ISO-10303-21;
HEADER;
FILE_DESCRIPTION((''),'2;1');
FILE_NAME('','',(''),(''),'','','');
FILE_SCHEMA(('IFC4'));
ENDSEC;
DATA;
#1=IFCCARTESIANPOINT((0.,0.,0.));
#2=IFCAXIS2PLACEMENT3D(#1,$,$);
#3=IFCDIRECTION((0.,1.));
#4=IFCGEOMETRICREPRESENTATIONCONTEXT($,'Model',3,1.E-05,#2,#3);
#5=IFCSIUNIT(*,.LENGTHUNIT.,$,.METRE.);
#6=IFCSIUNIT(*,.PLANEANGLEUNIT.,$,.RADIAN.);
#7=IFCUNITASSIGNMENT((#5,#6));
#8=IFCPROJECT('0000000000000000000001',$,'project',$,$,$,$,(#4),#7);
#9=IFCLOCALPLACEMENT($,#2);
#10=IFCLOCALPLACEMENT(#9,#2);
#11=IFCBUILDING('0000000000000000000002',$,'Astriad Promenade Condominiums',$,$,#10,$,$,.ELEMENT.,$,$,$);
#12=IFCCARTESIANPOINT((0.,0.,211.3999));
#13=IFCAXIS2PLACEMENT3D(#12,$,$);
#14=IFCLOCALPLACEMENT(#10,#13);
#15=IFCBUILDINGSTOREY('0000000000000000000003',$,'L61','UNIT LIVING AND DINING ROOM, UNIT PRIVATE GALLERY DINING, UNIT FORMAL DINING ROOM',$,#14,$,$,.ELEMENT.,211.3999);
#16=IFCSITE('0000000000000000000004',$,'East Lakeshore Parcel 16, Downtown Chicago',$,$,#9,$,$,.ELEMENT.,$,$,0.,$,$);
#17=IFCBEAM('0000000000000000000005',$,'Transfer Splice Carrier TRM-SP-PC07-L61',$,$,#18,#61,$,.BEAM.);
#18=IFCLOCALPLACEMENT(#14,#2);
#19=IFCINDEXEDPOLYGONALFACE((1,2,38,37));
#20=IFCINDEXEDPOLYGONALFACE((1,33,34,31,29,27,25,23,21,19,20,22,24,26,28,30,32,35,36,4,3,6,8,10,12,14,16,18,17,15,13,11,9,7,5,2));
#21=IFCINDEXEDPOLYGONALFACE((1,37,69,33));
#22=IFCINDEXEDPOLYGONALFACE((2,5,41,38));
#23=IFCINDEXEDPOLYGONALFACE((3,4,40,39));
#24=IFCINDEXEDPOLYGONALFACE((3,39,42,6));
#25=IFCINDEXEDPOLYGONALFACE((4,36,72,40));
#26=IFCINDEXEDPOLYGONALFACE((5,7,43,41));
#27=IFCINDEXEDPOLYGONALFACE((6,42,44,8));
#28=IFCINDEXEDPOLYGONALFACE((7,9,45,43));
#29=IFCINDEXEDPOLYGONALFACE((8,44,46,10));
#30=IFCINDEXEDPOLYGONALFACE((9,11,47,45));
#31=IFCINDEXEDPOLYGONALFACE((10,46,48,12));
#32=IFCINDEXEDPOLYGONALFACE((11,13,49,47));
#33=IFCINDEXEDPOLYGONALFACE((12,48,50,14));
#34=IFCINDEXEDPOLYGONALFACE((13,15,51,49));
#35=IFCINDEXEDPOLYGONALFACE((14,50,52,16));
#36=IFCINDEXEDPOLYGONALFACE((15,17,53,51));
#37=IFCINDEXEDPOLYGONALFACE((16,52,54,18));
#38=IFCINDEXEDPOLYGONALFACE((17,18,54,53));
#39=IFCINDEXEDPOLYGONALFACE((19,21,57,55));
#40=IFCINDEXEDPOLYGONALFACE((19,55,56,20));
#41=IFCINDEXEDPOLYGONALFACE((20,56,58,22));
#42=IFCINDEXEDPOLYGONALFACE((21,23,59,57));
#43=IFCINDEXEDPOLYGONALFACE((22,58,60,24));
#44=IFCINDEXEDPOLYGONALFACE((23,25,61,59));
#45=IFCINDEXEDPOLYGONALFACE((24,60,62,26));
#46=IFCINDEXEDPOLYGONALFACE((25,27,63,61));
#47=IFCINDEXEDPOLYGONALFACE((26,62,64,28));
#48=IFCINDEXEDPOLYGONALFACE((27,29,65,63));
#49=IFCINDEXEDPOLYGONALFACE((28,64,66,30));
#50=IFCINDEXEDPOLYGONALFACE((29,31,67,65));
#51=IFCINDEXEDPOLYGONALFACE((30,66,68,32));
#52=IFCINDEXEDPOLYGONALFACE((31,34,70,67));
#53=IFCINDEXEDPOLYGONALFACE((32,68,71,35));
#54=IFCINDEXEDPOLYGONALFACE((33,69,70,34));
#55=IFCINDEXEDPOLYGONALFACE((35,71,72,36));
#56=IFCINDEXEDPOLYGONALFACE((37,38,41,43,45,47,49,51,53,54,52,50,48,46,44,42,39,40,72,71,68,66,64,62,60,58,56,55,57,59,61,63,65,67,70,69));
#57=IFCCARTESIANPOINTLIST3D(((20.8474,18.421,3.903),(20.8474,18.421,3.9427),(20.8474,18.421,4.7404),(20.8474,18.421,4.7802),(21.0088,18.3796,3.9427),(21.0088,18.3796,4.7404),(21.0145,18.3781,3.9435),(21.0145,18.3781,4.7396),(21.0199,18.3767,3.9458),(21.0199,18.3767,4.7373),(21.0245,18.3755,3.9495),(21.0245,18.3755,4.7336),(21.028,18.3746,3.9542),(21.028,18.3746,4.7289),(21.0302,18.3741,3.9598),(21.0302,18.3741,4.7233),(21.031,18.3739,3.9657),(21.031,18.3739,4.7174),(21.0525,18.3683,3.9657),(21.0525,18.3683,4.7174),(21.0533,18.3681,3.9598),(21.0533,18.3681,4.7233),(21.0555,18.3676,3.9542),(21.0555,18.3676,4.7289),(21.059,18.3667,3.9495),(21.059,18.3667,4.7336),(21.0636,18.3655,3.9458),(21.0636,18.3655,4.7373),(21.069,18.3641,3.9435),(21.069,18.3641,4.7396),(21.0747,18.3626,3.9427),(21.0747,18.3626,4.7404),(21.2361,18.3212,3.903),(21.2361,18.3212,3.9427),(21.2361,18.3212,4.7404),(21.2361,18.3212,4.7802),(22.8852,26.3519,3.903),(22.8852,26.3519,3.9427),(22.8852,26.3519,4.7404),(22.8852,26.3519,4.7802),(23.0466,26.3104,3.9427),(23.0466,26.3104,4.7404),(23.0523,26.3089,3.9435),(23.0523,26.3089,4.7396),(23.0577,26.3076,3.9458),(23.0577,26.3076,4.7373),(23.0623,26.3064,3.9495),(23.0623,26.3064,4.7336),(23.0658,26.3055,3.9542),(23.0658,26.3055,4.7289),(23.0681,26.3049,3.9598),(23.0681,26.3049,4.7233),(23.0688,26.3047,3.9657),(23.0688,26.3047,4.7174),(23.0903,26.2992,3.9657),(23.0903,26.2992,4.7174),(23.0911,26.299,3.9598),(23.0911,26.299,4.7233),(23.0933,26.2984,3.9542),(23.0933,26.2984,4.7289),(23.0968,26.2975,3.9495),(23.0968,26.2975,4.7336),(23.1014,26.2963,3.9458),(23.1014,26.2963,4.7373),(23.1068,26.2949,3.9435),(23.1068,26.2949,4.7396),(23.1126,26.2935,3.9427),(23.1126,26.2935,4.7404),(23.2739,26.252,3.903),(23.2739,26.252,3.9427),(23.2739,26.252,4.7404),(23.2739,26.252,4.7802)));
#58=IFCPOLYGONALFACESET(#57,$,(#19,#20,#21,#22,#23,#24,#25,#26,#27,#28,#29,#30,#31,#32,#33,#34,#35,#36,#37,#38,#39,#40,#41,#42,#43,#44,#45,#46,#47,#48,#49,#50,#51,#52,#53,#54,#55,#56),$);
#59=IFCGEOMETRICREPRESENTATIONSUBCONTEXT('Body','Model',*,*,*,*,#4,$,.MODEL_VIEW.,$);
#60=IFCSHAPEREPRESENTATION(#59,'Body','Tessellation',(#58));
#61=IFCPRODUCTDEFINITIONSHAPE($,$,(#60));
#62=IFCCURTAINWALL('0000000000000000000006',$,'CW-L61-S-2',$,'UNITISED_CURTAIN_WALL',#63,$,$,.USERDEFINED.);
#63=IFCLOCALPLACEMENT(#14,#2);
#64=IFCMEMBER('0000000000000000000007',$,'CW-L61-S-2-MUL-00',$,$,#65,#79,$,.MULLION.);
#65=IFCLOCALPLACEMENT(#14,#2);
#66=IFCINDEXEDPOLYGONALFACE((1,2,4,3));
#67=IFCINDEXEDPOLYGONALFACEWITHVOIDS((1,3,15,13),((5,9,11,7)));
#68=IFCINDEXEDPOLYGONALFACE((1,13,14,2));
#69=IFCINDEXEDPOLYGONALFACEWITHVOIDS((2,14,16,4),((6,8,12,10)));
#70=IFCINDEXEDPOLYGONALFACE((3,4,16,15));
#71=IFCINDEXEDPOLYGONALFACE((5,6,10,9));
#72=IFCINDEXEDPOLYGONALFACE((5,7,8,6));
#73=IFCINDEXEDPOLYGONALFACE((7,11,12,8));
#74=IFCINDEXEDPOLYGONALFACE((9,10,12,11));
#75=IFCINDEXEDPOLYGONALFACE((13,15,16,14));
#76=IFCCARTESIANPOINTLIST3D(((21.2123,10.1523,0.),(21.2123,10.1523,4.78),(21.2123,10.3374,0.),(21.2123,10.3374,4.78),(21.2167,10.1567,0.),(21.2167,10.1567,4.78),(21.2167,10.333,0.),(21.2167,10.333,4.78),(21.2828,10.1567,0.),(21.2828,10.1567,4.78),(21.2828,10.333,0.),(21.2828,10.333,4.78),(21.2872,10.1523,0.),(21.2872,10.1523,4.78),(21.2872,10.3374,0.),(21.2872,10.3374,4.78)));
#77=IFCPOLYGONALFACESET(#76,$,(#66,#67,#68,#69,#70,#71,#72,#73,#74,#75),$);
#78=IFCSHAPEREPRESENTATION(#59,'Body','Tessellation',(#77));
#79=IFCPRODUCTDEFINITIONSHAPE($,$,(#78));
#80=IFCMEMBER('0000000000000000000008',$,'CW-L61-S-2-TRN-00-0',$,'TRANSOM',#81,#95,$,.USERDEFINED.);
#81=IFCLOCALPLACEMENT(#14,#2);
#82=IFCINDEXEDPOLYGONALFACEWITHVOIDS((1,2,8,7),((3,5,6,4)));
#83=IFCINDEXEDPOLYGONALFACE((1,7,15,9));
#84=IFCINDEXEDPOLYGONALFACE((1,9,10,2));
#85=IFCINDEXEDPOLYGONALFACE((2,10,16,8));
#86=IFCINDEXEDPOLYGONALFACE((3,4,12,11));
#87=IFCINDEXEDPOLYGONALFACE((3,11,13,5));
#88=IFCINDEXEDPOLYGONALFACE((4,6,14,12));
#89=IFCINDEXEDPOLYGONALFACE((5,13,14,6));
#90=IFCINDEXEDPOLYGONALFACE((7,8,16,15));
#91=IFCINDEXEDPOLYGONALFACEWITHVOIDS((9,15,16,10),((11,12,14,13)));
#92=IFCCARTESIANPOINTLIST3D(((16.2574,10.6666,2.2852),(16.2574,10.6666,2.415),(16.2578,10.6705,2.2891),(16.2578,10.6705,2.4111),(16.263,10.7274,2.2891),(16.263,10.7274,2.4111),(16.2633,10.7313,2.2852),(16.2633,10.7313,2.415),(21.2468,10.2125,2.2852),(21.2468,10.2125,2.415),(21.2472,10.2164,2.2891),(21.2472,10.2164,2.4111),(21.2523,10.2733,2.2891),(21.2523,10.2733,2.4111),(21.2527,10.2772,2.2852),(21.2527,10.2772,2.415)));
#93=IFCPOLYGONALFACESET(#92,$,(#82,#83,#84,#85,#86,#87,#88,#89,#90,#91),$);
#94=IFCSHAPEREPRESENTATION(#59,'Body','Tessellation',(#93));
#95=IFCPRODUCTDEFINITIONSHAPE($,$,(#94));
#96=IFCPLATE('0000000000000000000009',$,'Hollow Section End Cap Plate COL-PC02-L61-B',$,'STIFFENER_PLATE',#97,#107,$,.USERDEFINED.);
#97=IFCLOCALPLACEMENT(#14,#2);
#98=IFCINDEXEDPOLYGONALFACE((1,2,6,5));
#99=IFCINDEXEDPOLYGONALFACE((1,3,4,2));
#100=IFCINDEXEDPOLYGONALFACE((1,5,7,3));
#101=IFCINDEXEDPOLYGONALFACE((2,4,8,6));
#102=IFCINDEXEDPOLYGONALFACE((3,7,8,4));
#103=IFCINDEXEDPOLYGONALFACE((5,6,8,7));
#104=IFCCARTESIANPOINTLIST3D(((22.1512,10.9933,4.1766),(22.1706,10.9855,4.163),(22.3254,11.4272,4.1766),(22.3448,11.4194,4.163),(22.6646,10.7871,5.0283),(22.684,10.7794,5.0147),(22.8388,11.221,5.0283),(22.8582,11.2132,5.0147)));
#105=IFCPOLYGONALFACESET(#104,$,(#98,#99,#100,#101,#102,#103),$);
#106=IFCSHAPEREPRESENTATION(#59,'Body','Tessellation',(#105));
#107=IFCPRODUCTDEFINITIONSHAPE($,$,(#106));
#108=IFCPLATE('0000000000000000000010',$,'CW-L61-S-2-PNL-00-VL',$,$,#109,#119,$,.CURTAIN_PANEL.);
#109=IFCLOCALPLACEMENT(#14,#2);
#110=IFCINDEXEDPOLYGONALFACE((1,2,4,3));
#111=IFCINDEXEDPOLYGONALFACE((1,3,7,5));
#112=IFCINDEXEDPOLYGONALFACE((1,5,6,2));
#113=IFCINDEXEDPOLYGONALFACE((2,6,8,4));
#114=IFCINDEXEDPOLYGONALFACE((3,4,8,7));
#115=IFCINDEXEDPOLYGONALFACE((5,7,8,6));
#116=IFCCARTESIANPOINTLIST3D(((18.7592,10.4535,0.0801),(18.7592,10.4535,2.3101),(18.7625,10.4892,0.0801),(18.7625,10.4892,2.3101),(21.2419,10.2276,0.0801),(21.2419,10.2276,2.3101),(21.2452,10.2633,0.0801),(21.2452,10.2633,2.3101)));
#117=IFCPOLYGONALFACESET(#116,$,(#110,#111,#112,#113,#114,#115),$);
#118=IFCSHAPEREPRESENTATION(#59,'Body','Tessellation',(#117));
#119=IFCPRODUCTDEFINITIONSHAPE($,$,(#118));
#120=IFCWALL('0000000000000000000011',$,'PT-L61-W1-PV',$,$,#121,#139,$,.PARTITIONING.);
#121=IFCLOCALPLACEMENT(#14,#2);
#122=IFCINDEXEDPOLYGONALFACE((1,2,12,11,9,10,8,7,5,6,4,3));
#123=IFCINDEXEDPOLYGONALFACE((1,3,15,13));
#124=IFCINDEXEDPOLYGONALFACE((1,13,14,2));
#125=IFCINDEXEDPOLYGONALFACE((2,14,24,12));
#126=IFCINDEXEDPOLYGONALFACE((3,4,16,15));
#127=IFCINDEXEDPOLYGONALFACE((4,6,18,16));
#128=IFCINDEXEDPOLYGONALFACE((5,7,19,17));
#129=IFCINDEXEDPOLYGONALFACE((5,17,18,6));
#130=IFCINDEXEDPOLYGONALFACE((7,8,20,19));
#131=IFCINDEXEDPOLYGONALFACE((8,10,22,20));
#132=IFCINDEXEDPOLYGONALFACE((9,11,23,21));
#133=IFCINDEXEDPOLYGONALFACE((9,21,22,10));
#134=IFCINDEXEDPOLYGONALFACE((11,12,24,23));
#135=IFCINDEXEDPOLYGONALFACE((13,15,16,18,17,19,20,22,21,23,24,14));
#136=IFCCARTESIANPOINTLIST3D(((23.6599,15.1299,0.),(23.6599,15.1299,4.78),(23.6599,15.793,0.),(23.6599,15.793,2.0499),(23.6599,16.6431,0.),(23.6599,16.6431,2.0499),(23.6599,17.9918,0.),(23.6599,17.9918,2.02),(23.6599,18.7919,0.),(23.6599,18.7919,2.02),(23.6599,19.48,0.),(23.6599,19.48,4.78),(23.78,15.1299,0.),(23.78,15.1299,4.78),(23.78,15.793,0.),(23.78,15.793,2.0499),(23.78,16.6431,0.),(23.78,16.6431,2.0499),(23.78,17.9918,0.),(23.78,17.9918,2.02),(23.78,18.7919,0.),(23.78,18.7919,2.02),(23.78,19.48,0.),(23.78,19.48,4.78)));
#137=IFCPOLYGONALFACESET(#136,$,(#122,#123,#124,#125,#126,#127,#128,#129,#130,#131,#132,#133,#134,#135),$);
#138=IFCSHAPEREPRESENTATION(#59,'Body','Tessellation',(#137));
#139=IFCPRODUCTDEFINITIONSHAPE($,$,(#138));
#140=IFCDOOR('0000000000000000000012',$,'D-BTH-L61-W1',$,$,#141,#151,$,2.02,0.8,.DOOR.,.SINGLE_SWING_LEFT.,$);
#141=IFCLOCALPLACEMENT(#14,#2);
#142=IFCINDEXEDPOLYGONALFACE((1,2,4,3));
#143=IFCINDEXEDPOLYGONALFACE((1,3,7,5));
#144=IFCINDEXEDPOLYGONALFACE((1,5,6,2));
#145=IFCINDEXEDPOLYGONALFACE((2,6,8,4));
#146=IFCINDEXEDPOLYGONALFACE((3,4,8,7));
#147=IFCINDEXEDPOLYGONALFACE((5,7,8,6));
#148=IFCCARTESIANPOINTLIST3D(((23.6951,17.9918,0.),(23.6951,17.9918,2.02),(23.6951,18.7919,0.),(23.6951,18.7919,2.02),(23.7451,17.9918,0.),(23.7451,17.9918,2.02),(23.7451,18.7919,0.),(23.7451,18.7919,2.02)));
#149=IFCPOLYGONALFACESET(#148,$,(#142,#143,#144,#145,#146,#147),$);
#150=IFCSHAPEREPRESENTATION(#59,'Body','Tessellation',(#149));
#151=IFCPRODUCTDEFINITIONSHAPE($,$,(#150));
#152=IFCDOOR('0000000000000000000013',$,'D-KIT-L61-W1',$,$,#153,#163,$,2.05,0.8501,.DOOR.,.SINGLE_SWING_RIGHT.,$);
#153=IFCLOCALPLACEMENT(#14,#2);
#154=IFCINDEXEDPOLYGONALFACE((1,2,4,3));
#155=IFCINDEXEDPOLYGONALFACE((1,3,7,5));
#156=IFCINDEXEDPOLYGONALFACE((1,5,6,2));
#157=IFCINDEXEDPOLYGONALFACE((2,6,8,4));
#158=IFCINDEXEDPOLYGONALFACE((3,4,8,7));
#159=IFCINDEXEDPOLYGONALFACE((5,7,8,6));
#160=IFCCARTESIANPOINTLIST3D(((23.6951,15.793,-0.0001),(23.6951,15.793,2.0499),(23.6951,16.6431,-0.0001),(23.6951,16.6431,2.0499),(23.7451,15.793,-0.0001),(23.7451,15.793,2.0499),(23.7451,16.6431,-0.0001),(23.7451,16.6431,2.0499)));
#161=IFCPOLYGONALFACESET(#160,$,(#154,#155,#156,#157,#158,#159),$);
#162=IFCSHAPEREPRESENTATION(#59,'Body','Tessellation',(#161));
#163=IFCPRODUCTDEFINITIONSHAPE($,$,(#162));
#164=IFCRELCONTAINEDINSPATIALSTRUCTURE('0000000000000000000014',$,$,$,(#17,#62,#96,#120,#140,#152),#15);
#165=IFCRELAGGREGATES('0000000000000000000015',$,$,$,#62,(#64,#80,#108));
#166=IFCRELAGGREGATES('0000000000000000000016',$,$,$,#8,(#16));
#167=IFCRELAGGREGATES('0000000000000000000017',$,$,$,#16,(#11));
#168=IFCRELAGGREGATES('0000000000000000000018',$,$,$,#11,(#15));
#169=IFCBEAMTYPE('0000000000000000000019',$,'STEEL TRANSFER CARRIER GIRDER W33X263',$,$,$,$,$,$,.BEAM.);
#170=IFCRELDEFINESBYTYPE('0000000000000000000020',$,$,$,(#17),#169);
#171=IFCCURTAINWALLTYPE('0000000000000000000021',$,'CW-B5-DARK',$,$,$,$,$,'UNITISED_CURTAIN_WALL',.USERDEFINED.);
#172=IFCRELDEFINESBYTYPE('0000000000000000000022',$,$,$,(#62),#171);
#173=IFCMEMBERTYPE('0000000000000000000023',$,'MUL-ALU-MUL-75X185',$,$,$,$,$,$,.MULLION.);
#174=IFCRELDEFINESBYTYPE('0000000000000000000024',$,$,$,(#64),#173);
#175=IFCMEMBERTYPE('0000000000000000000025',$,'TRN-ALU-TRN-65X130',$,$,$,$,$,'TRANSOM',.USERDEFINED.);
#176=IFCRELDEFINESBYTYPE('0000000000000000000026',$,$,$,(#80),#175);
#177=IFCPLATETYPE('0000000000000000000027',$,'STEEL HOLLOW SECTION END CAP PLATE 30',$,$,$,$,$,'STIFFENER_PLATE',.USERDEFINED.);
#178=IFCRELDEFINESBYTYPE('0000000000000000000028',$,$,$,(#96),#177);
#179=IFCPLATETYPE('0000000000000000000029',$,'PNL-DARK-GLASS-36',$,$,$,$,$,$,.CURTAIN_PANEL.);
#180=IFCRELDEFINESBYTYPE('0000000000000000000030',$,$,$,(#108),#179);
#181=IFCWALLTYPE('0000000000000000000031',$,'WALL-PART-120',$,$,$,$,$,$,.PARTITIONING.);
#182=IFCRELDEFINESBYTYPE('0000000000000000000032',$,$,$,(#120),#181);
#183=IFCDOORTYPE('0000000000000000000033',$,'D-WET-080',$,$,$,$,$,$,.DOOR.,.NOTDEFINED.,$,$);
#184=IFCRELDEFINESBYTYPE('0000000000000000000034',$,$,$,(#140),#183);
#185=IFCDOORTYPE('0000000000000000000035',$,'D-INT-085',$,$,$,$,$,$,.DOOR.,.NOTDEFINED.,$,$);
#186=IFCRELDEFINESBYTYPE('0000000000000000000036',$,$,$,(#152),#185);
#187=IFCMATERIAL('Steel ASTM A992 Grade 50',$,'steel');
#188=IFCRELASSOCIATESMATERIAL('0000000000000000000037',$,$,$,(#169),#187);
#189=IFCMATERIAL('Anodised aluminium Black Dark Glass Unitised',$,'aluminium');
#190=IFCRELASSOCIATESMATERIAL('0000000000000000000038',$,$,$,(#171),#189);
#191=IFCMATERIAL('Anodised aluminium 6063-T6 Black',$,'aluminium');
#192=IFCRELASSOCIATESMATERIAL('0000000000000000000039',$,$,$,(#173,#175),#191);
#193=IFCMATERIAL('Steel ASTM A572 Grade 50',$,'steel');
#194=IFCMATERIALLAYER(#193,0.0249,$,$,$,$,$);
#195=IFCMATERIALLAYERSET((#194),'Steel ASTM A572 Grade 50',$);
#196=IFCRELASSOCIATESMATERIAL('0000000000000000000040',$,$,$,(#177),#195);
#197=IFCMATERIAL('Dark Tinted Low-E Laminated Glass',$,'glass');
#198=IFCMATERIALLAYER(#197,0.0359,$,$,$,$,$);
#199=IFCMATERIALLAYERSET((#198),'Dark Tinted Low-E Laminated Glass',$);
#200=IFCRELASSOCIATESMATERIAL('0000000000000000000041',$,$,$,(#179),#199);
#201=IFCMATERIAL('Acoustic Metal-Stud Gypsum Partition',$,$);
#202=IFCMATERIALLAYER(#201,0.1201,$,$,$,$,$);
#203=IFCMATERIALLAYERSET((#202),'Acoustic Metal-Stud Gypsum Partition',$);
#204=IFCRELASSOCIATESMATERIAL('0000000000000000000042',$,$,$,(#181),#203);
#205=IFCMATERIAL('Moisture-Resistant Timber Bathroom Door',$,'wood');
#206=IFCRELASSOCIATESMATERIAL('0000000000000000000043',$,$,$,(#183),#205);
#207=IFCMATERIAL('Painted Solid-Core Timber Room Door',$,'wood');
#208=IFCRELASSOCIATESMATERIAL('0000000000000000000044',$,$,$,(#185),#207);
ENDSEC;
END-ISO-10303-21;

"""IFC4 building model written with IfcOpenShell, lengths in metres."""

from ifc_helpers import new_model, si_unit, direction, frame, frame_2d, origin, origin_2d, place, context, subcontext, project, spatial, rectangle, hollow_rectangle, i_section, extrude, source, transform, mapped, material, layer, layer_set, material_profile, profile_set, type_object, type_shapes, element, fill, aggregate, save


model = new_model("IFC4")

# Units and contexts
model_context = context("Model", 3, precision=1e-05, world=origin(), true_north=direction((0.0, 1.0)))
body_context = subcontext(model_context, "Body", "Model", "MODEL_VIEW")
ifc_project = project(units=[si_unit("LENGTHUNIT", "METRE"), si_unit("PLANEANGLEUNIT", "RADIAN")], contexts=[model_context])

# Site, building, storey
site_placement = place(None, origin())
site = spatial("IfcSite", under=ifc_project, at=site_placement, Name="East Lakeshore Parcel 16, Downtown Chicago", CompositionType="ELEMENT", RefElevation=0.0)
building_placement = place(site_placement, origin())
building = spatial("IfcBuilding", under=site, at=building_placement, Name="Astriad Promenade Condominiums", CompositionType="ELEMENT")
storey_placement = place(building_placement, frame((0.0, 0.0, 211.3999)))
storey = spatial("IfcBuildingStorey", under=building, at=storey_placement, Name="L61", Description="UNIT LIVING AND DINING ROOM, UNIT PRIVATE GALLERY DINING, UNIT FORMAL DINING ROOM", CompositionType="ELEMENT", Elevation=211.3999)

# Beam
ifc_material_1 = material(Name="Steel ASTM A992 Grade 50", Category="steel")
ifc_material_profile_1 = material_profile(ifc_material_1, i_section(OverallWidth=0.4014, OverallDepth=0.8772, WebThickness=0.0222, FlangeThickness=0.0398, FilletRadius=0.0229, at=origin_2d()), Name="W33X263")
ifc_profile_set_1 = profile_set([ifc_material_profile_1], Name="Steel ASTM A992 Grade 50")
beam_type_1 = type_object("IfcBeamType", Name="STEEL TRANSFER CARRIER GIRDER W33X263", PredefinedType="BEAM", material=ifc_profile_set_1)
shared_shape_1 = source(origin(), body_context, "Body", "SweptSolid", [
    extrude(i_section(OverallWidth=0.4014, OverallDepth=0.8772, WebThickness=0.0222, FlangeThickness=0.0398, FilletRadius=0.0229, at=origin_2d()), origin(), (0.0, 0.0, 1.0), 8.1885),
])
beam_1_placement = place(storey_placement, frame((21.0417, 18.3711, 4.3416), z_axis=(0.248865, 0.968538, 0.0), x_axis=(-0.968538, 0.248865, 0.0)))
element("IfcBeam", 1, at=beam_1_placement, inside=storey, type_object=beam_type_1, Name="Transfer Splice Carrier TRM-SP-PC07-L61", PredefinedType="BEAM", context=body_context, shape_type="MappedRepresentation", body=[
    mapped(shared_shape_1, transform((0.0, 0.0, 0.0), scale=1.0)),
])

# Curtain wall, members
ifc_material_2 = material(Name="Anodised aluminium Black Dark Glass Unitised", Category="aluminium")
curtain_wall_type = type_object("IfcCurtainWallType", Name="CW-B5-DARK", ElementType="UNITISED_CURTAIN_WALL", PredefinedType="USERDEFINED", material=ifc_material_2)
curtain_wall_placement = place(storey_placement, origin())
curtain_wall = element("IfcCurtainWall", 2, at=curtain_wall_placement, inside=storey, type_object=curtain_wall_type, Name="CW-L61-S-2", ObjectType="UNITISED_CURTAIN_WALL", PredefinedType="USERDEFINED")
ifc_material_3 = material(Name="Anodised aluminium 6063-T6 Black", Category="aluminium")
ifc_material_profile_2 = material_profile(ifc_material_3, hollow_rectangle(XDim=0.075, YDim=0.1851, WallThickness=0.0044, at=origin_2d()), Name="ALU-MUL-75X185")
ifc_profile_set_2 = profile_set([ifc_material_profile_2], Name="Anodised aluminium 6063-T6 Black")
member_type_1 = type_object("IfcMemberType", Name="MUL-ALU-MUL-75X185", PredefinedType="MULLION", material=ifc_profile_set_2)
shared_shape_2 = source(origin(), body_context, "Body", "SweptSolid", [
    extrude(hollow_rectangle(XDim=0.075, YDim=0.1851, WallThickness=0.0044, at=origin_2d()), origin(), (0.0, 0.0, 1.0), 4.78),
])
type_shapes(member_type_1, [shared_shape_2])
member_1_placement = place(storey_placement, frame((21.2498, 10.2449, 0.0), z_axis=(0.0, 0.0, 1.0), x_axis=(1.0, 0.0, 0.0)))
member_1 = element("IfcMember", 3, at=member_1_placement, type_object=member_type_1, Name="CW-L61-S-2-MUL-00", PredefinedType="MULLION", context=body_context, shape_type="MappedRepresentation", body=[
    mapped(shared_shape_2, transform((0.0, 0.0, 0.0), scale=1.0)),
])
ifc_material_profile_3 = material_profile(ifc_material_3, hollow_rectangle(XDim=0.0649, YDim=0.1299, WallThickness=0.0039, at=origin_2d()), Name="ALU-TRN-65X130")
ifc_profile_set_3 = profile_set([ifc_material_profile_3], Name="Anodised aluminium 6063-T6 Black")
member_type_2 = type_object("IfcMemberType", Name="TRN-ALU-TRN-65X130", ElementType="TRANSOM", PredefinedType="USERDEFINED", material=ifc_profile_set_3)
shared_shape_3 = source(origin(), body_context, "Body", "SweptSolid", [
    extrude(hollow_rectangle(XDim=0.0649, YDim=0.1299, WallThickness=0.0039, at=origin_2d()), origin(), (0.0, 0.0, 1.0), 5.01),
])
type_shapes(member_type_2, [shared_shape_3])
member_2_placement = place(storey_placement, frame((21.2498, 10.2449, 2.3501), z_axis=(-0.995884, 0.090637, 0.0), x_axis=(-0.090637, -0.995884, 0.0)))
member_2 = element("IfcMember", 4, at=member_2_placement, type_object=member_type_2, Name="CW-L61-S-2-TRN-00-0", ObjectType="TRANSOM", PredefinedType="USERDEFINED", context=body_context, shape_type="MappedRepresentation", body=[
    mapped(shared_shape_3, transform((0.0, 0.0, 0.0), scale=1.0)),
])

# Plates
ifc_material_4 = material(Name="Steel ASTM A572 Grade 50", Category="steel")
ifc_layer_1 = layer(ifc_material_4, 0.0249)
ifc_layer_set_1 = layer_set([ifc_layer_1], Name="Steel ASTM A572 Grade 50")
plate_type_1 = type_object("IfcPlateType", Name="STEEL HOLLOW SECTION END CAP PLATE 30", ElementType="STIFFENER_PLATE", PredefinedType="USERDEFINED", material=ifc_layer_set_1)
shared_shape_4 = source(origin(), body_context, "Body", "SweptSolid", [
    extrude(rectangle(XDim=0.4675, YDim=1.0156, at=origin_2d()), origin(), (0.0, 0.0, 1.0), 0.0249),
])
type_shapes(plate_type_1, [shared_shape_4])
plate_1_placement = place(storey_placement, frame((22.5144, 11.0994, 4.5889), z_axis=(-0.778197, 0.312463, 0.544772), x_axis=(-0.372608, -0.927989, 0.0)))
element("IfcPlate", 5, at=plate_1_placement, inside=storey, type_object=plate_type_1, Name="Hollow Section End Cap Plate COL-PC02-L61-B", ObjectType="STIFFENER_PLATE", PredefinedType="USERDEFINED", context=body_context, shape_type="MappedRepresentation", body=[
    mapped(shared_shape_4, transform((0.0, 0.0, 0.0), scale=1.0)),
])
ifc_material_5 = material(Name="Dark Tinted Low-E Laminated Glass", Category="glass")
ifc_layer_2 = layer(ifc_material_5, 0.0359)
ifc_layer_set_2 = layer_set([ifc_layer_2], Name="Dark Tinted Low-E Laminated Glass")
plate_type_2 = type_object("IfcPlateType", Name="PNL-DARK-GLASS-36", PredefinedType="CURTAIN_PANEL", material=ifc_layer_set_2)
shared_shape_5 = source(origin(), body_context, "Body", "SweptSolid", [
    extrude(rectangle(XDim=2.4929, YDim=0.0359, at=origin_2d()), origin(), (0.0, 0.0, 1.0), 2.23),
])
type_shapes(plate_type_2, [shared_shape_5])
plate_2_placement = place(storey_placement, frame((20.0022, 10.3584, 0.0801), z_axis=(0.0, 0.0, 1.0), x_axis=(-0.995884, 0.090633, 0.0)))
plate_2 = element("IfcPlate", 6, at=plate_2_placement, type_object=plate_type_2, Name="CW-L61-S-2-PNL-00-VL", PredefinedType="CURTAIN_PANEL", context=body_context, shape_type="MappedRepresentation", body=[
    mapped(shared_shape_5, transform((0.0, 0.0, 0.0), scale=1.0)),
])
aggregate(curtain_wall, [member_1, member_2, plate_2])

# Wall, openings, doors
ifc_material_6 = material(Name="Acoustic Metal-Stud Gypsum Partition")
ifc_layer_3 = layer(ifc_material_6, 0.1201)
ifc_layer_set_3 = layer_set([ifc_layer_3], Name="Acoustic Metal-Stud Gypsum Partition")
wall_type = type_object("IfcWallType", Name="WALL-PART-120", PredefinedType="PARTITIONING", material=ifc_layer_set_3)
wall_1_placement = place(storey_placement, frame((23.72, 15.1299, 0.0), z_axis=(0.0, 0.0, 1.0), x_axis=(0.0, 1.0, 0.0)))
wall_1 = element("IfcWall", 7, at=wall_1_placement, inside=storey, type_object=wall_type, Name="PT-L61-W1-PV", PredefinedType="PARTITIONING", context=body_context, shape_type="SweptSolid", body=[
    extrude(rectangle(XDim=4.3501, YDim=0.1201, at=frame_2d((2.175, 0.0))), origin(), (0.0, 0.0, 1.0), 4.78),
])
opening_1_placement = place(wall_1_placement, frame((0.6631, 0.0, 0.0)))
opening_1 = element("IfcOpeningElement", 8, at=opening_1_placement, cuts=wall_1, PredefinedType="OPENING", context=body_context, shape_type="SweptSolid", body=[
    extrude(rectangle(XDim=0.8501, YDim=2.05, at=frame_2d((0.425, 1.0249))), frame((0.0, 0.0701, 0.0), z_axis=(0.0, -1.0, 0.0), x_axis=(1.0, 0.0, 0.0)), (0.0, 0.0, 1.0), 0.1401),
])
opening_2_placement = place(wall_1_placement, frame((2.8621, 0.0, 0.0)))
opening_2 = element("IfcOpeningElement", 9, at=opening_2_placement, cuts=wall_1, PredefinedType="OPENING", context=body_context, shape_type="SweptSolid", body=[
    extrude(rectangle(XDim=0.8, YDim=2.02, at=frame_2d((0.3999, 1.01))), frame((0.0, 0.0701, 0.0), z_axis=(0.0, -1.0, 0.0), x_axis=(1.0, 0.0, 0.0)), (0.0, 0.0, 1.0), 0.1401),
])
ifc_material_7 = material(Name="Moisture-Resistant Timber Bathroom Door", Category="wood")
door_type_1 = type_object("IfcDoorType", Name="D-WET-080", OperationType="NOTDEFINED", PredefinedType="DOOR", material=ifc_material_7)
shared_shape_6 = source(origin(), body_context, "Body", "SweptSolid", [
    extrude(rectangle(XDim=0.8, YDim=2.02, at=frame_2d((0.3999, 1.01))), frame((0.0, 0.0249, 0.0), z_axis=(0.0, -1.0, 0.0), x_axis=(1.0, 0.0, 0.0)), (0.0, 0.0, 1.0), 0.05),
])
type_shapes(door_type_1, [shared_shape_6])
door_1_placement = place(opening_2_placement, origin())
door_1 = element("IfcDoor", 10, at=door_1_placement, inside=storey, type_object=door_type_1, Name="D-BTH-L61-W1", OperationType="SINGLE_SWING_LEFT", OverallHeight=2.02, OverallWidth=0.8, PredefinedType="DOOR", context=body_context, shape_type="MappedRepresentation", body=[
    mapped(shared_shape_6, transform((0.0, 0.0, 0.0), scale=1.0)),
])
fill(opening_2, door_1)
ifc_material_8 = material(Name="Painted Solid-Core Timber Room Door", Category="wood")
door_type_2 = type_object("IfcDoorType", Name="D-INT-085", OperationType="NOTDEFINED", PredefinedType="DOOR", material=ifc_material_8)
shared_shape_7 = source(origin(), body_context, "Body", "SweptSolid", [
    extrude(rectangle(XDim=0.8501, YDim=2.05, at=frame_2d((0.425, 1.0249))), frame((0.0, 0.0249, 0.0), z_axis=(0.0, -1.0, 0.0), x_axis=(1.0, 0.0, 0.0)), (0.0, 0.0, 1.0), 0.05),
])
type_shapes(door_type_2, [shared_shape_7])
door_2_placement = place(opening_1_placement, origin())
door_2 = element("IfcDoor", 11, at=door_2_placement, inside=storey, type_object=door_type_2, Name="D-KIT-L61-W1", OperationType="SINGLE_SWING_RIGHT", OverallHeight=2.05, OverallWidth=0.8501, PredefinedType="DOOR", context=body_context, shape_type="MappedRepresentation", body=[
    mapped(shared_shape_7, transform((0.0, 0.0, 0.0), scale=1.0)),
])
fill(opening_1, door_2)

save(model, "model.ifc")
